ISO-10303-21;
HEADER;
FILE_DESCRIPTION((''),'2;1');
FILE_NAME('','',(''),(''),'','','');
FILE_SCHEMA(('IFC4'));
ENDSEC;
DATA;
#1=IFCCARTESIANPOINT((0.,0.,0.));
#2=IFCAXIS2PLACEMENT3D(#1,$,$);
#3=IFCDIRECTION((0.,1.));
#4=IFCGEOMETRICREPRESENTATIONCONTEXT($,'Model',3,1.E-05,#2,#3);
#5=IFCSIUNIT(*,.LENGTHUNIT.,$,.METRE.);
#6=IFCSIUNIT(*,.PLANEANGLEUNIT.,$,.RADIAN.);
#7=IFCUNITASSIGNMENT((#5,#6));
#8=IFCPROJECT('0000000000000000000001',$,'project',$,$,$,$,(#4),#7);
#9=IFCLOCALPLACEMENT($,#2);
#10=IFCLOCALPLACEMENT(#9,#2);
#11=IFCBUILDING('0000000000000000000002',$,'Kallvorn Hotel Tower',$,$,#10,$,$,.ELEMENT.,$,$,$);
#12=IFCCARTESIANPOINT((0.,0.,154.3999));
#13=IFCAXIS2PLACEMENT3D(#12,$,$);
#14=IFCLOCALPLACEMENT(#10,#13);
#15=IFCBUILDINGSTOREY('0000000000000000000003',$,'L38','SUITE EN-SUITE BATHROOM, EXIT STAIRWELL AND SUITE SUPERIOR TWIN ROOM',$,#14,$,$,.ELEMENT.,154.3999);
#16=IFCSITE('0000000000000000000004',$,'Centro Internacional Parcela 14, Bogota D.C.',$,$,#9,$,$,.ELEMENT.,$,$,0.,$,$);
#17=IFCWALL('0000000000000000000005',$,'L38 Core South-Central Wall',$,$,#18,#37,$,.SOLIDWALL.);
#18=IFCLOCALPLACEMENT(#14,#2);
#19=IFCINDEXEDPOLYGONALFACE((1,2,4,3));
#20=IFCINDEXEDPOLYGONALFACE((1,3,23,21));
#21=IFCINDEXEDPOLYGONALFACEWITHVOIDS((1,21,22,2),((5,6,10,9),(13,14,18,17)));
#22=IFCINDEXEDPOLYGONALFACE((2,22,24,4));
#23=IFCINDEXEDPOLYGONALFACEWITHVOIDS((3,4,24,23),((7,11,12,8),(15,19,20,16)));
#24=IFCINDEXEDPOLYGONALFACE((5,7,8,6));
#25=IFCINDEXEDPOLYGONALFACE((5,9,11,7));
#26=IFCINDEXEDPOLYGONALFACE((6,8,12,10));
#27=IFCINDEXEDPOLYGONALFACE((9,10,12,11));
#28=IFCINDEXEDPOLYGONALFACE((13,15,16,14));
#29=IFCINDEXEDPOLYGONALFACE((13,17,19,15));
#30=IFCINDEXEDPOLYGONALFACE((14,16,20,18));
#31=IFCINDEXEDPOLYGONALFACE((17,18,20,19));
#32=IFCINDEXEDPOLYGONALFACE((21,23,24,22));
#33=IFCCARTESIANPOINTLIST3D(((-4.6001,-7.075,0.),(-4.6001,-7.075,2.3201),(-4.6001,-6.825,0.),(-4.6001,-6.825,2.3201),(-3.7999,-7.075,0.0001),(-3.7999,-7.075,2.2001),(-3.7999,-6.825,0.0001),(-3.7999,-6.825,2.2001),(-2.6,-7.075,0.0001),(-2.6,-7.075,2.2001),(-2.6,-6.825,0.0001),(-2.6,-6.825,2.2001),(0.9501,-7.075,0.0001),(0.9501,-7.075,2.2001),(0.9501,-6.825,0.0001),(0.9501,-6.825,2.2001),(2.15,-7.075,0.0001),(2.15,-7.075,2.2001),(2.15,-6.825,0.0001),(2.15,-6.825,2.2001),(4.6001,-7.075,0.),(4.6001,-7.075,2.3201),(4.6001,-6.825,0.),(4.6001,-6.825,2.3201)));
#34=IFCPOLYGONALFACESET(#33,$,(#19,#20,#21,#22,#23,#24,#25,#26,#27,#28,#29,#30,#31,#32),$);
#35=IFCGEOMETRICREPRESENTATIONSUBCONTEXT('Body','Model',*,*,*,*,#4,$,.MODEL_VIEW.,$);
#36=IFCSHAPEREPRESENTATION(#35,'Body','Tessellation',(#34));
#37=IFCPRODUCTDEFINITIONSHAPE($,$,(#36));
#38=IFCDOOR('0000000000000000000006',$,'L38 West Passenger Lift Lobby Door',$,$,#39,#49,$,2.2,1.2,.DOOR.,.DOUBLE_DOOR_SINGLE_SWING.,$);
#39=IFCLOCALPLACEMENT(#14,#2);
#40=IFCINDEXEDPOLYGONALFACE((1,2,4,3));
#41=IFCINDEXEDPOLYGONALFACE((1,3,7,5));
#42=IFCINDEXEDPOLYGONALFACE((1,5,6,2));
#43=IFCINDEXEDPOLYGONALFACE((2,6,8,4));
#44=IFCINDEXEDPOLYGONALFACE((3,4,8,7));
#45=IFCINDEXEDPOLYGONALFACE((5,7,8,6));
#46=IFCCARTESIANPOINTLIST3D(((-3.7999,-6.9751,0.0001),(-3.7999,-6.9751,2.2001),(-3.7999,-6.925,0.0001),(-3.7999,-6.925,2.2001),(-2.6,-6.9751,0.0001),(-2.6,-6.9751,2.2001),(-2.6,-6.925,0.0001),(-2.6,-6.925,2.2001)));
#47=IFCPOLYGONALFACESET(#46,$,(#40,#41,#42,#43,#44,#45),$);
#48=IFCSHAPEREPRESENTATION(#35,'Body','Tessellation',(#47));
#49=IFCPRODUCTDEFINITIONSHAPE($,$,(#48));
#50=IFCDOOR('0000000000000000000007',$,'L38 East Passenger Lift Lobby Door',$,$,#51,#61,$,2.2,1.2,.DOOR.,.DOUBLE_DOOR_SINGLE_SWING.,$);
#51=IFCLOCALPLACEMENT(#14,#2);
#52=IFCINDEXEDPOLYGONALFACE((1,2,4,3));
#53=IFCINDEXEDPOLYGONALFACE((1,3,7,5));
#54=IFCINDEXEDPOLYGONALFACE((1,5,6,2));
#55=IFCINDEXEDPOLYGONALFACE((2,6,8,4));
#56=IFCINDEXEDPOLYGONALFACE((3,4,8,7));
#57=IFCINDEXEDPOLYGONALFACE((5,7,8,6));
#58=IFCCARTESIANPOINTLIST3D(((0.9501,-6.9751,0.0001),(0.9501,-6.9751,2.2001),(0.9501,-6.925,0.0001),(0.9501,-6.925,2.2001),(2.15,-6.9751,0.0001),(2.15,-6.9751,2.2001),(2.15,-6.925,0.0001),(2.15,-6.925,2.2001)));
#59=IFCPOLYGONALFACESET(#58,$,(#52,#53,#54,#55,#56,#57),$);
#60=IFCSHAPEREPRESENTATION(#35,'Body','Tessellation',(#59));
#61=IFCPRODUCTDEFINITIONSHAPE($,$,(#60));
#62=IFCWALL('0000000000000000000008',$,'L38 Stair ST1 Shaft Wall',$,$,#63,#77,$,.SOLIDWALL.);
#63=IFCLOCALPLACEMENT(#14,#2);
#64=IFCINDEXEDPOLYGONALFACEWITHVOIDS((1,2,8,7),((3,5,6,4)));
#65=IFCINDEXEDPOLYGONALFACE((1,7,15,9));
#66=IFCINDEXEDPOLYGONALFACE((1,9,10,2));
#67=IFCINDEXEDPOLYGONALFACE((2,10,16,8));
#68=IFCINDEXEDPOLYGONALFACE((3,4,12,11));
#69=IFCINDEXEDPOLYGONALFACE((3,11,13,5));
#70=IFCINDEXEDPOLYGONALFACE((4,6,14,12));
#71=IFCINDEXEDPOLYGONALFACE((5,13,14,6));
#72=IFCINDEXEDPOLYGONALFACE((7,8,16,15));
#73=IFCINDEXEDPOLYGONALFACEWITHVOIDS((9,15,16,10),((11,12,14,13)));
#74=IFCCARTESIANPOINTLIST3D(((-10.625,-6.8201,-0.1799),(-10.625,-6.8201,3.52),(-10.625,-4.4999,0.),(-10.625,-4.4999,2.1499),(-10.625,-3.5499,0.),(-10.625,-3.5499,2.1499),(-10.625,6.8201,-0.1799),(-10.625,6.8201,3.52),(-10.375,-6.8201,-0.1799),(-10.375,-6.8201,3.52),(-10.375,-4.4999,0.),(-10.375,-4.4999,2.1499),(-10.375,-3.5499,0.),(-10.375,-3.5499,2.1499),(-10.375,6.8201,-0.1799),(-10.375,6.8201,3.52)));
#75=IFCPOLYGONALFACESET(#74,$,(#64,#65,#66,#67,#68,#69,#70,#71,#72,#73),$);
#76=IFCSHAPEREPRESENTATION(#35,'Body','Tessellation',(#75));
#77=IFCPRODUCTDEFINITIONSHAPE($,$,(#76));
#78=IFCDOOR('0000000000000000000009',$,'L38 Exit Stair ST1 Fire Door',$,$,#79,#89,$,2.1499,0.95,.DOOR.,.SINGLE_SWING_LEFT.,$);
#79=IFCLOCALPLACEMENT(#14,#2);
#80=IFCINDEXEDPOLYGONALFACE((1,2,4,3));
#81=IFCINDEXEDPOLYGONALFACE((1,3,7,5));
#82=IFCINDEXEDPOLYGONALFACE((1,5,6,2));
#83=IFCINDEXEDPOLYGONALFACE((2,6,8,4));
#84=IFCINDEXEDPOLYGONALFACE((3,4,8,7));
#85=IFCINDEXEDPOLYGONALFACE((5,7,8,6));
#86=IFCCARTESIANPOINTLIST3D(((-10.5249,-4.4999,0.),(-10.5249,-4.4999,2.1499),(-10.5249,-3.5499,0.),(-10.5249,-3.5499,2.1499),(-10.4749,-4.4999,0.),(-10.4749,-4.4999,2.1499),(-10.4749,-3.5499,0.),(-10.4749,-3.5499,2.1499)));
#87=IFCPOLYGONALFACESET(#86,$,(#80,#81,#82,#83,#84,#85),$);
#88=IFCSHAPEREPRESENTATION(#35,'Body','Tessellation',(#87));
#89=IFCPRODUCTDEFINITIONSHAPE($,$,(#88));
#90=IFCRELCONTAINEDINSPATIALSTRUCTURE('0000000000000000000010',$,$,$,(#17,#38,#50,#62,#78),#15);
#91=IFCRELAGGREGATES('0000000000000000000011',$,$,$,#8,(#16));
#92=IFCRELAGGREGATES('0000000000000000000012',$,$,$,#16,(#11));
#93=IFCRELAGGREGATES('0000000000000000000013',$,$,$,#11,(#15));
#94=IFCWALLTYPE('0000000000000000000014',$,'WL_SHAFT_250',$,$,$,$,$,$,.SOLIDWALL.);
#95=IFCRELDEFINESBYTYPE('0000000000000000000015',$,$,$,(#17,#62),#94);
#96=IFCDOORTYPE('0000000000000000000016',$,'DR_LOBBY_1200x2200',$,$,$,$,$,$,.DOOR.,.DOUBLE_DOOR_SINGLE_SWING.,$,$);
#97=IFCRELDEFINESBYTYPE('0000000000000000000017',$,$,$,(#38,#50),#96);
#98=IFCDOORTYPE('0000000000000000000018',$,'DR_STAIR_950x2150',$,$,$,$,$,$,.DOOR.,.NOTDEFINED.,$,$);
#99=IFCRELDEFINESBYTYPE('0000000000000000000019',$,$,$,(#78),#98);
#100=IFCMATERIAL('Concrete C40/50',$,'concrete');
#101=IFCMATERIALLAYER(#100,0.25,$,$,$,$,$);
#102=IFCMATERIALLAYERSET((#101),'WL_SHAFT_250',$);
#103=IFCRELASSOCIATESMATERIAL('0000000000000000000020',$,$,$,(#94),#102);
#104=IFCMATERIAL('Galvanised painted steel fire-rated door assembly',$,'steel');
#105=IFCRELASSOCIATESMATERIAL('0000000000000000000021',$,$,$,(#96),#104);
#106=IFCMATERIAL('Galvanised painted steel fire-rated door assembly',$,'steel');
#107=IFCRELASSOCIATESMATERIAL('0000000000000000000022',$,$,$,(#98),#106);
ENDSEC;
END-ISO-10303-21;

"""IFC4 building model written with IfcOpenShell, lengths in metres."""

from ifc_helpers import new_model, si_unit, direction, frame, frame_2d, origin, place, context, subcontext, project, spatial, rectangle, extrude, material, layer, layer_set, type_object, element, fill, save


model = new_model("IFC4")

# Units and contexts
model_context = context("Model", 3, precision=1e-05, world=origin(), true_north=direction((0.0, 1.0)))
body_context = subcontext(model_context, "Body", "Model", "MODEL_VIEW")
ifc_project = project(units=[si_unit("LENGTHUNIT", "METRE"), si_unit("PLANEANGLEUNIT", "RADIAN")], contexts=[model_context])

# Site, building, storey
site_placement = place(None, origin())
site = spatial("IfcSite", under=ifc_project, at=site_placement, Name="Centro Internacional Parcela 14, Bogota D.C.", CompositionType="ELEMENT", RefElevation=0.0)
building_placement = place(site_placement, origin())
building = spatial("IfcBuilding", under=site, at=building_placement, Name="Kallvorn Hotel Tower", CompositionType="ELEMENT")
storey_placement = place(building_placement, frame((0.0, 0.0, 154.3999)))
storey = spatial("IfcBuildingStorey", under=building, at=storey_placement, Name="L38", Description="SUITE EN-SUITE BATHROOM, EXIT STAIRWELL AND SUITE SUPERIOR TWIN ROOM", CompositionType="ELEMENT", Elevation=154.3999)

# Wall, openings, doors
ifc_material_1 = material(Name="Concrete C40/50", Category="concrete")
ifc_layer_1 = layer(ifc_material_1, 0.25)
ifc_layer_set_1 = layer_set([ifc_layer_1], Name="WL_SHAFT_250")
wall_type_1 = type_object("IfcWallType", Name="WL_SHAFT_250", PredefinedType="SOLIDWALL", material=ifc_layer_set_1)
wall_1_placement = place(storey_placement, frame((-4.6001, -6.95, 0.0), z_axis=(0.0, 0.0, 1.0), x_axis=(1.0, 0.0, 0.0)))
wall_1 = element("IfcWall", 1, at=wall_1_placement, inside=storey, type_object=wall_type_1, Name="L38 Core South-Central Wall", PredefinedType="SOLIDWALL", context=body_context, shape_type="SweptSolid", body=[
    extrude(rectangle(XDim=9.2002, YDim=0.25, at=frame_2d((4.6001, 0.0))), origin(), (0.0, 0.0, 1.0), 2.3201),
])
opening_1_placement = place(wall_1_placement, frame((0.8, 0.0, 0.0)))
opening_1 = element("IfcOpeningElement", 2, at=opening_1_placement, cuts=wall_1, PredefinedType="OPENING", context=body_context, shape_type="SweptSolid", body=[
    extrude(rectangle(XDim=1.2, YDim=2.2, at=frame_2d((0.6001, 1.1001))), frame((0.0, 0.1399, 0.0), z_axis=(0.0, -1.0, 0.0), x_axis=(1.0, 0.0, 0.0)), (0.0, 0.0, 1.0), 0.28),
])
opening_2_placement = place(wall_1_placement, frame((5.55, 0.0, 0.0)))
opening_2 = element("IfcOpeningElement", 3, at=opening_2_placement, cuts=wall_1, PredefinedType="OPENING", context=body_context, shape_type="SweptSolid", body=[
    extrude(rectangle(XDim=1.2, YDim=2.2, at=frame_2d((0.6001, 1.1001))), frame((0.0, 0.1399, 0.0), z_axis=(0.0, -1.0, 0.0), x_axis=(1.0, 0.0, 0.0)), (0.0, 0.0, 1.0), 0.28),
])
ifc_material_2 = material(Name="Galvanised painted steel fire-rated door assembly", Category="steel")
door_type_1 = type_object("IfcDoorType", Name="DR_LOBBY_1200x2200", OperationType="DOUBLE_DOOR_SINGLE_SWING", PredefinedType="DOOR", material=ifc_material_2)
door_1_placement = place(opening_1_placement, origin())
door_1 = element("IfcDoor", 4, at=door_1_placement, inside=storey, type_object=door_type_1, Name="L38 West Passenger Lift Lobby Door", OperationType="DOUBLE_DOOR_SINGLE_SWING", OverallHeight=2.2, OverallWidth=1.2, PredefinedType="DOOR", context=body_context, shape_type="SweptSolid", body=[
    extrude(rectangle(XDim=1.2, YDim=2.2, at=frame_2d((0.6001, 1.1001))), frame((0.0, 0.0249, 0.0), z_axis=(0.0, -1.0, 0.0), x_axis=(1.0, 0.0, 0.0)), (0.0, 0.0, 1.0), 0.05),
])
fill(opening_1, door_1)
door_2_placement = place(opening_2_placement, origin())
door_2 = element("IfcDoor", 5, at=door_2_placement, inside=storey, type_object=door_type_1, Name="L38 East Passenger Lift Lobby Door", OperationType="DOUBLE_DOOR_SINGLE_SWING", OverallHeight=2.2, OverallWidth=1.2, PredefinedType="DOOR", context=body_context, shape_type="SweptSolid", body=[
    extrude(rectangle(XDim=1.2, YDim=2.2, at=frame_2d((0.6001, 1.1001))), frame((0.0, 0.0249, 0.0), z_axis=(0.0, -1.0, 0.0), x_axis=(1.0, 0.0, 0.0)), (0.0, 0.0, 1.0), 0.05),
])
fill(opening_2, door_2)

# Wall, opening, door
wall_2_placement = place(storey_placement, frame((-10.5, -6.8201, -0.1799), z_axis=(0.0, 0.0, 1.0), x_axis=(0.0, 1.0, 0.0)))
wall_2 = element("IfcWall", 6, at=wall_2_placement, inside=storey, type_object=wall_type_1, Name="L38 Stair ST1 Shaft Wall", PredefinedType="SOLIDWALL", context=body_context, shape_type="SweptSolid", body=[
    extrude(rectangle(XDim=13.6401, YDim=0.25, at=frame_2d((6.8201, 0.0))), origin(), (0.0, 0.0, 1.0), 3.7),
])
opening_3_placement = place(wall_2_placement, frame((2.3201, 0.0, 0.1799)))
opening_3 = element("IfcOpeningElement", 7, at=opening_3_placement, cuts=wall_2, PredefinedType="OPENING", context=body_context, shape_type="SweptSolid", body=[
    extrude(rectangle(XDim=0.95, YDim=2.1499, at=frame_2d((0.4751, 1.075))), frame((0.0, 0.1399, 0.0), z_axis=(0.0, -1.0, 0.0), x_axis=(1.0, 0.0, 0.0)), (0.0, 0.0, 1.0), 0.28),
])
ifc_material_3 = material(Name="Galvanised painted steel fire-rated door assembly", Category="steel")
door_type_2 = type_object("IfcDoorType", Name="DR_STAIR_950x2150", OperationType="NOTDEFINED", PredefinedType="DOOR", material=ifc_material_3)
door_3_placement = place(opening_3_placement, origin())
door_3 = element("IfcDoor", 8, at=door_3_placement, inside=storey, type_object=door_type_2, Name="L38 Exit Stair ST1 Fire Door", OperationType="SINGLE_SWING_LEFT", OverallHeight=2.1499, OverallWidth=0.95, PredefinedType="DOOR", context=body_context, shape_type="SweptSolid", body=[
    extrude(rectangle(XDim=0.95, YDim=2.1499, at=frame_2d((0.4751, 1.075))), frame((0.0, 0.0249, 0.0), z_axis=(0.0, -1.0, 0.0), x_axis=(1.0, 0.0, 0.0)), (0.0, 0.0, 1.0), 0.05),
])
fill(opening_3, door_3)

save(model, "model.ifc")
